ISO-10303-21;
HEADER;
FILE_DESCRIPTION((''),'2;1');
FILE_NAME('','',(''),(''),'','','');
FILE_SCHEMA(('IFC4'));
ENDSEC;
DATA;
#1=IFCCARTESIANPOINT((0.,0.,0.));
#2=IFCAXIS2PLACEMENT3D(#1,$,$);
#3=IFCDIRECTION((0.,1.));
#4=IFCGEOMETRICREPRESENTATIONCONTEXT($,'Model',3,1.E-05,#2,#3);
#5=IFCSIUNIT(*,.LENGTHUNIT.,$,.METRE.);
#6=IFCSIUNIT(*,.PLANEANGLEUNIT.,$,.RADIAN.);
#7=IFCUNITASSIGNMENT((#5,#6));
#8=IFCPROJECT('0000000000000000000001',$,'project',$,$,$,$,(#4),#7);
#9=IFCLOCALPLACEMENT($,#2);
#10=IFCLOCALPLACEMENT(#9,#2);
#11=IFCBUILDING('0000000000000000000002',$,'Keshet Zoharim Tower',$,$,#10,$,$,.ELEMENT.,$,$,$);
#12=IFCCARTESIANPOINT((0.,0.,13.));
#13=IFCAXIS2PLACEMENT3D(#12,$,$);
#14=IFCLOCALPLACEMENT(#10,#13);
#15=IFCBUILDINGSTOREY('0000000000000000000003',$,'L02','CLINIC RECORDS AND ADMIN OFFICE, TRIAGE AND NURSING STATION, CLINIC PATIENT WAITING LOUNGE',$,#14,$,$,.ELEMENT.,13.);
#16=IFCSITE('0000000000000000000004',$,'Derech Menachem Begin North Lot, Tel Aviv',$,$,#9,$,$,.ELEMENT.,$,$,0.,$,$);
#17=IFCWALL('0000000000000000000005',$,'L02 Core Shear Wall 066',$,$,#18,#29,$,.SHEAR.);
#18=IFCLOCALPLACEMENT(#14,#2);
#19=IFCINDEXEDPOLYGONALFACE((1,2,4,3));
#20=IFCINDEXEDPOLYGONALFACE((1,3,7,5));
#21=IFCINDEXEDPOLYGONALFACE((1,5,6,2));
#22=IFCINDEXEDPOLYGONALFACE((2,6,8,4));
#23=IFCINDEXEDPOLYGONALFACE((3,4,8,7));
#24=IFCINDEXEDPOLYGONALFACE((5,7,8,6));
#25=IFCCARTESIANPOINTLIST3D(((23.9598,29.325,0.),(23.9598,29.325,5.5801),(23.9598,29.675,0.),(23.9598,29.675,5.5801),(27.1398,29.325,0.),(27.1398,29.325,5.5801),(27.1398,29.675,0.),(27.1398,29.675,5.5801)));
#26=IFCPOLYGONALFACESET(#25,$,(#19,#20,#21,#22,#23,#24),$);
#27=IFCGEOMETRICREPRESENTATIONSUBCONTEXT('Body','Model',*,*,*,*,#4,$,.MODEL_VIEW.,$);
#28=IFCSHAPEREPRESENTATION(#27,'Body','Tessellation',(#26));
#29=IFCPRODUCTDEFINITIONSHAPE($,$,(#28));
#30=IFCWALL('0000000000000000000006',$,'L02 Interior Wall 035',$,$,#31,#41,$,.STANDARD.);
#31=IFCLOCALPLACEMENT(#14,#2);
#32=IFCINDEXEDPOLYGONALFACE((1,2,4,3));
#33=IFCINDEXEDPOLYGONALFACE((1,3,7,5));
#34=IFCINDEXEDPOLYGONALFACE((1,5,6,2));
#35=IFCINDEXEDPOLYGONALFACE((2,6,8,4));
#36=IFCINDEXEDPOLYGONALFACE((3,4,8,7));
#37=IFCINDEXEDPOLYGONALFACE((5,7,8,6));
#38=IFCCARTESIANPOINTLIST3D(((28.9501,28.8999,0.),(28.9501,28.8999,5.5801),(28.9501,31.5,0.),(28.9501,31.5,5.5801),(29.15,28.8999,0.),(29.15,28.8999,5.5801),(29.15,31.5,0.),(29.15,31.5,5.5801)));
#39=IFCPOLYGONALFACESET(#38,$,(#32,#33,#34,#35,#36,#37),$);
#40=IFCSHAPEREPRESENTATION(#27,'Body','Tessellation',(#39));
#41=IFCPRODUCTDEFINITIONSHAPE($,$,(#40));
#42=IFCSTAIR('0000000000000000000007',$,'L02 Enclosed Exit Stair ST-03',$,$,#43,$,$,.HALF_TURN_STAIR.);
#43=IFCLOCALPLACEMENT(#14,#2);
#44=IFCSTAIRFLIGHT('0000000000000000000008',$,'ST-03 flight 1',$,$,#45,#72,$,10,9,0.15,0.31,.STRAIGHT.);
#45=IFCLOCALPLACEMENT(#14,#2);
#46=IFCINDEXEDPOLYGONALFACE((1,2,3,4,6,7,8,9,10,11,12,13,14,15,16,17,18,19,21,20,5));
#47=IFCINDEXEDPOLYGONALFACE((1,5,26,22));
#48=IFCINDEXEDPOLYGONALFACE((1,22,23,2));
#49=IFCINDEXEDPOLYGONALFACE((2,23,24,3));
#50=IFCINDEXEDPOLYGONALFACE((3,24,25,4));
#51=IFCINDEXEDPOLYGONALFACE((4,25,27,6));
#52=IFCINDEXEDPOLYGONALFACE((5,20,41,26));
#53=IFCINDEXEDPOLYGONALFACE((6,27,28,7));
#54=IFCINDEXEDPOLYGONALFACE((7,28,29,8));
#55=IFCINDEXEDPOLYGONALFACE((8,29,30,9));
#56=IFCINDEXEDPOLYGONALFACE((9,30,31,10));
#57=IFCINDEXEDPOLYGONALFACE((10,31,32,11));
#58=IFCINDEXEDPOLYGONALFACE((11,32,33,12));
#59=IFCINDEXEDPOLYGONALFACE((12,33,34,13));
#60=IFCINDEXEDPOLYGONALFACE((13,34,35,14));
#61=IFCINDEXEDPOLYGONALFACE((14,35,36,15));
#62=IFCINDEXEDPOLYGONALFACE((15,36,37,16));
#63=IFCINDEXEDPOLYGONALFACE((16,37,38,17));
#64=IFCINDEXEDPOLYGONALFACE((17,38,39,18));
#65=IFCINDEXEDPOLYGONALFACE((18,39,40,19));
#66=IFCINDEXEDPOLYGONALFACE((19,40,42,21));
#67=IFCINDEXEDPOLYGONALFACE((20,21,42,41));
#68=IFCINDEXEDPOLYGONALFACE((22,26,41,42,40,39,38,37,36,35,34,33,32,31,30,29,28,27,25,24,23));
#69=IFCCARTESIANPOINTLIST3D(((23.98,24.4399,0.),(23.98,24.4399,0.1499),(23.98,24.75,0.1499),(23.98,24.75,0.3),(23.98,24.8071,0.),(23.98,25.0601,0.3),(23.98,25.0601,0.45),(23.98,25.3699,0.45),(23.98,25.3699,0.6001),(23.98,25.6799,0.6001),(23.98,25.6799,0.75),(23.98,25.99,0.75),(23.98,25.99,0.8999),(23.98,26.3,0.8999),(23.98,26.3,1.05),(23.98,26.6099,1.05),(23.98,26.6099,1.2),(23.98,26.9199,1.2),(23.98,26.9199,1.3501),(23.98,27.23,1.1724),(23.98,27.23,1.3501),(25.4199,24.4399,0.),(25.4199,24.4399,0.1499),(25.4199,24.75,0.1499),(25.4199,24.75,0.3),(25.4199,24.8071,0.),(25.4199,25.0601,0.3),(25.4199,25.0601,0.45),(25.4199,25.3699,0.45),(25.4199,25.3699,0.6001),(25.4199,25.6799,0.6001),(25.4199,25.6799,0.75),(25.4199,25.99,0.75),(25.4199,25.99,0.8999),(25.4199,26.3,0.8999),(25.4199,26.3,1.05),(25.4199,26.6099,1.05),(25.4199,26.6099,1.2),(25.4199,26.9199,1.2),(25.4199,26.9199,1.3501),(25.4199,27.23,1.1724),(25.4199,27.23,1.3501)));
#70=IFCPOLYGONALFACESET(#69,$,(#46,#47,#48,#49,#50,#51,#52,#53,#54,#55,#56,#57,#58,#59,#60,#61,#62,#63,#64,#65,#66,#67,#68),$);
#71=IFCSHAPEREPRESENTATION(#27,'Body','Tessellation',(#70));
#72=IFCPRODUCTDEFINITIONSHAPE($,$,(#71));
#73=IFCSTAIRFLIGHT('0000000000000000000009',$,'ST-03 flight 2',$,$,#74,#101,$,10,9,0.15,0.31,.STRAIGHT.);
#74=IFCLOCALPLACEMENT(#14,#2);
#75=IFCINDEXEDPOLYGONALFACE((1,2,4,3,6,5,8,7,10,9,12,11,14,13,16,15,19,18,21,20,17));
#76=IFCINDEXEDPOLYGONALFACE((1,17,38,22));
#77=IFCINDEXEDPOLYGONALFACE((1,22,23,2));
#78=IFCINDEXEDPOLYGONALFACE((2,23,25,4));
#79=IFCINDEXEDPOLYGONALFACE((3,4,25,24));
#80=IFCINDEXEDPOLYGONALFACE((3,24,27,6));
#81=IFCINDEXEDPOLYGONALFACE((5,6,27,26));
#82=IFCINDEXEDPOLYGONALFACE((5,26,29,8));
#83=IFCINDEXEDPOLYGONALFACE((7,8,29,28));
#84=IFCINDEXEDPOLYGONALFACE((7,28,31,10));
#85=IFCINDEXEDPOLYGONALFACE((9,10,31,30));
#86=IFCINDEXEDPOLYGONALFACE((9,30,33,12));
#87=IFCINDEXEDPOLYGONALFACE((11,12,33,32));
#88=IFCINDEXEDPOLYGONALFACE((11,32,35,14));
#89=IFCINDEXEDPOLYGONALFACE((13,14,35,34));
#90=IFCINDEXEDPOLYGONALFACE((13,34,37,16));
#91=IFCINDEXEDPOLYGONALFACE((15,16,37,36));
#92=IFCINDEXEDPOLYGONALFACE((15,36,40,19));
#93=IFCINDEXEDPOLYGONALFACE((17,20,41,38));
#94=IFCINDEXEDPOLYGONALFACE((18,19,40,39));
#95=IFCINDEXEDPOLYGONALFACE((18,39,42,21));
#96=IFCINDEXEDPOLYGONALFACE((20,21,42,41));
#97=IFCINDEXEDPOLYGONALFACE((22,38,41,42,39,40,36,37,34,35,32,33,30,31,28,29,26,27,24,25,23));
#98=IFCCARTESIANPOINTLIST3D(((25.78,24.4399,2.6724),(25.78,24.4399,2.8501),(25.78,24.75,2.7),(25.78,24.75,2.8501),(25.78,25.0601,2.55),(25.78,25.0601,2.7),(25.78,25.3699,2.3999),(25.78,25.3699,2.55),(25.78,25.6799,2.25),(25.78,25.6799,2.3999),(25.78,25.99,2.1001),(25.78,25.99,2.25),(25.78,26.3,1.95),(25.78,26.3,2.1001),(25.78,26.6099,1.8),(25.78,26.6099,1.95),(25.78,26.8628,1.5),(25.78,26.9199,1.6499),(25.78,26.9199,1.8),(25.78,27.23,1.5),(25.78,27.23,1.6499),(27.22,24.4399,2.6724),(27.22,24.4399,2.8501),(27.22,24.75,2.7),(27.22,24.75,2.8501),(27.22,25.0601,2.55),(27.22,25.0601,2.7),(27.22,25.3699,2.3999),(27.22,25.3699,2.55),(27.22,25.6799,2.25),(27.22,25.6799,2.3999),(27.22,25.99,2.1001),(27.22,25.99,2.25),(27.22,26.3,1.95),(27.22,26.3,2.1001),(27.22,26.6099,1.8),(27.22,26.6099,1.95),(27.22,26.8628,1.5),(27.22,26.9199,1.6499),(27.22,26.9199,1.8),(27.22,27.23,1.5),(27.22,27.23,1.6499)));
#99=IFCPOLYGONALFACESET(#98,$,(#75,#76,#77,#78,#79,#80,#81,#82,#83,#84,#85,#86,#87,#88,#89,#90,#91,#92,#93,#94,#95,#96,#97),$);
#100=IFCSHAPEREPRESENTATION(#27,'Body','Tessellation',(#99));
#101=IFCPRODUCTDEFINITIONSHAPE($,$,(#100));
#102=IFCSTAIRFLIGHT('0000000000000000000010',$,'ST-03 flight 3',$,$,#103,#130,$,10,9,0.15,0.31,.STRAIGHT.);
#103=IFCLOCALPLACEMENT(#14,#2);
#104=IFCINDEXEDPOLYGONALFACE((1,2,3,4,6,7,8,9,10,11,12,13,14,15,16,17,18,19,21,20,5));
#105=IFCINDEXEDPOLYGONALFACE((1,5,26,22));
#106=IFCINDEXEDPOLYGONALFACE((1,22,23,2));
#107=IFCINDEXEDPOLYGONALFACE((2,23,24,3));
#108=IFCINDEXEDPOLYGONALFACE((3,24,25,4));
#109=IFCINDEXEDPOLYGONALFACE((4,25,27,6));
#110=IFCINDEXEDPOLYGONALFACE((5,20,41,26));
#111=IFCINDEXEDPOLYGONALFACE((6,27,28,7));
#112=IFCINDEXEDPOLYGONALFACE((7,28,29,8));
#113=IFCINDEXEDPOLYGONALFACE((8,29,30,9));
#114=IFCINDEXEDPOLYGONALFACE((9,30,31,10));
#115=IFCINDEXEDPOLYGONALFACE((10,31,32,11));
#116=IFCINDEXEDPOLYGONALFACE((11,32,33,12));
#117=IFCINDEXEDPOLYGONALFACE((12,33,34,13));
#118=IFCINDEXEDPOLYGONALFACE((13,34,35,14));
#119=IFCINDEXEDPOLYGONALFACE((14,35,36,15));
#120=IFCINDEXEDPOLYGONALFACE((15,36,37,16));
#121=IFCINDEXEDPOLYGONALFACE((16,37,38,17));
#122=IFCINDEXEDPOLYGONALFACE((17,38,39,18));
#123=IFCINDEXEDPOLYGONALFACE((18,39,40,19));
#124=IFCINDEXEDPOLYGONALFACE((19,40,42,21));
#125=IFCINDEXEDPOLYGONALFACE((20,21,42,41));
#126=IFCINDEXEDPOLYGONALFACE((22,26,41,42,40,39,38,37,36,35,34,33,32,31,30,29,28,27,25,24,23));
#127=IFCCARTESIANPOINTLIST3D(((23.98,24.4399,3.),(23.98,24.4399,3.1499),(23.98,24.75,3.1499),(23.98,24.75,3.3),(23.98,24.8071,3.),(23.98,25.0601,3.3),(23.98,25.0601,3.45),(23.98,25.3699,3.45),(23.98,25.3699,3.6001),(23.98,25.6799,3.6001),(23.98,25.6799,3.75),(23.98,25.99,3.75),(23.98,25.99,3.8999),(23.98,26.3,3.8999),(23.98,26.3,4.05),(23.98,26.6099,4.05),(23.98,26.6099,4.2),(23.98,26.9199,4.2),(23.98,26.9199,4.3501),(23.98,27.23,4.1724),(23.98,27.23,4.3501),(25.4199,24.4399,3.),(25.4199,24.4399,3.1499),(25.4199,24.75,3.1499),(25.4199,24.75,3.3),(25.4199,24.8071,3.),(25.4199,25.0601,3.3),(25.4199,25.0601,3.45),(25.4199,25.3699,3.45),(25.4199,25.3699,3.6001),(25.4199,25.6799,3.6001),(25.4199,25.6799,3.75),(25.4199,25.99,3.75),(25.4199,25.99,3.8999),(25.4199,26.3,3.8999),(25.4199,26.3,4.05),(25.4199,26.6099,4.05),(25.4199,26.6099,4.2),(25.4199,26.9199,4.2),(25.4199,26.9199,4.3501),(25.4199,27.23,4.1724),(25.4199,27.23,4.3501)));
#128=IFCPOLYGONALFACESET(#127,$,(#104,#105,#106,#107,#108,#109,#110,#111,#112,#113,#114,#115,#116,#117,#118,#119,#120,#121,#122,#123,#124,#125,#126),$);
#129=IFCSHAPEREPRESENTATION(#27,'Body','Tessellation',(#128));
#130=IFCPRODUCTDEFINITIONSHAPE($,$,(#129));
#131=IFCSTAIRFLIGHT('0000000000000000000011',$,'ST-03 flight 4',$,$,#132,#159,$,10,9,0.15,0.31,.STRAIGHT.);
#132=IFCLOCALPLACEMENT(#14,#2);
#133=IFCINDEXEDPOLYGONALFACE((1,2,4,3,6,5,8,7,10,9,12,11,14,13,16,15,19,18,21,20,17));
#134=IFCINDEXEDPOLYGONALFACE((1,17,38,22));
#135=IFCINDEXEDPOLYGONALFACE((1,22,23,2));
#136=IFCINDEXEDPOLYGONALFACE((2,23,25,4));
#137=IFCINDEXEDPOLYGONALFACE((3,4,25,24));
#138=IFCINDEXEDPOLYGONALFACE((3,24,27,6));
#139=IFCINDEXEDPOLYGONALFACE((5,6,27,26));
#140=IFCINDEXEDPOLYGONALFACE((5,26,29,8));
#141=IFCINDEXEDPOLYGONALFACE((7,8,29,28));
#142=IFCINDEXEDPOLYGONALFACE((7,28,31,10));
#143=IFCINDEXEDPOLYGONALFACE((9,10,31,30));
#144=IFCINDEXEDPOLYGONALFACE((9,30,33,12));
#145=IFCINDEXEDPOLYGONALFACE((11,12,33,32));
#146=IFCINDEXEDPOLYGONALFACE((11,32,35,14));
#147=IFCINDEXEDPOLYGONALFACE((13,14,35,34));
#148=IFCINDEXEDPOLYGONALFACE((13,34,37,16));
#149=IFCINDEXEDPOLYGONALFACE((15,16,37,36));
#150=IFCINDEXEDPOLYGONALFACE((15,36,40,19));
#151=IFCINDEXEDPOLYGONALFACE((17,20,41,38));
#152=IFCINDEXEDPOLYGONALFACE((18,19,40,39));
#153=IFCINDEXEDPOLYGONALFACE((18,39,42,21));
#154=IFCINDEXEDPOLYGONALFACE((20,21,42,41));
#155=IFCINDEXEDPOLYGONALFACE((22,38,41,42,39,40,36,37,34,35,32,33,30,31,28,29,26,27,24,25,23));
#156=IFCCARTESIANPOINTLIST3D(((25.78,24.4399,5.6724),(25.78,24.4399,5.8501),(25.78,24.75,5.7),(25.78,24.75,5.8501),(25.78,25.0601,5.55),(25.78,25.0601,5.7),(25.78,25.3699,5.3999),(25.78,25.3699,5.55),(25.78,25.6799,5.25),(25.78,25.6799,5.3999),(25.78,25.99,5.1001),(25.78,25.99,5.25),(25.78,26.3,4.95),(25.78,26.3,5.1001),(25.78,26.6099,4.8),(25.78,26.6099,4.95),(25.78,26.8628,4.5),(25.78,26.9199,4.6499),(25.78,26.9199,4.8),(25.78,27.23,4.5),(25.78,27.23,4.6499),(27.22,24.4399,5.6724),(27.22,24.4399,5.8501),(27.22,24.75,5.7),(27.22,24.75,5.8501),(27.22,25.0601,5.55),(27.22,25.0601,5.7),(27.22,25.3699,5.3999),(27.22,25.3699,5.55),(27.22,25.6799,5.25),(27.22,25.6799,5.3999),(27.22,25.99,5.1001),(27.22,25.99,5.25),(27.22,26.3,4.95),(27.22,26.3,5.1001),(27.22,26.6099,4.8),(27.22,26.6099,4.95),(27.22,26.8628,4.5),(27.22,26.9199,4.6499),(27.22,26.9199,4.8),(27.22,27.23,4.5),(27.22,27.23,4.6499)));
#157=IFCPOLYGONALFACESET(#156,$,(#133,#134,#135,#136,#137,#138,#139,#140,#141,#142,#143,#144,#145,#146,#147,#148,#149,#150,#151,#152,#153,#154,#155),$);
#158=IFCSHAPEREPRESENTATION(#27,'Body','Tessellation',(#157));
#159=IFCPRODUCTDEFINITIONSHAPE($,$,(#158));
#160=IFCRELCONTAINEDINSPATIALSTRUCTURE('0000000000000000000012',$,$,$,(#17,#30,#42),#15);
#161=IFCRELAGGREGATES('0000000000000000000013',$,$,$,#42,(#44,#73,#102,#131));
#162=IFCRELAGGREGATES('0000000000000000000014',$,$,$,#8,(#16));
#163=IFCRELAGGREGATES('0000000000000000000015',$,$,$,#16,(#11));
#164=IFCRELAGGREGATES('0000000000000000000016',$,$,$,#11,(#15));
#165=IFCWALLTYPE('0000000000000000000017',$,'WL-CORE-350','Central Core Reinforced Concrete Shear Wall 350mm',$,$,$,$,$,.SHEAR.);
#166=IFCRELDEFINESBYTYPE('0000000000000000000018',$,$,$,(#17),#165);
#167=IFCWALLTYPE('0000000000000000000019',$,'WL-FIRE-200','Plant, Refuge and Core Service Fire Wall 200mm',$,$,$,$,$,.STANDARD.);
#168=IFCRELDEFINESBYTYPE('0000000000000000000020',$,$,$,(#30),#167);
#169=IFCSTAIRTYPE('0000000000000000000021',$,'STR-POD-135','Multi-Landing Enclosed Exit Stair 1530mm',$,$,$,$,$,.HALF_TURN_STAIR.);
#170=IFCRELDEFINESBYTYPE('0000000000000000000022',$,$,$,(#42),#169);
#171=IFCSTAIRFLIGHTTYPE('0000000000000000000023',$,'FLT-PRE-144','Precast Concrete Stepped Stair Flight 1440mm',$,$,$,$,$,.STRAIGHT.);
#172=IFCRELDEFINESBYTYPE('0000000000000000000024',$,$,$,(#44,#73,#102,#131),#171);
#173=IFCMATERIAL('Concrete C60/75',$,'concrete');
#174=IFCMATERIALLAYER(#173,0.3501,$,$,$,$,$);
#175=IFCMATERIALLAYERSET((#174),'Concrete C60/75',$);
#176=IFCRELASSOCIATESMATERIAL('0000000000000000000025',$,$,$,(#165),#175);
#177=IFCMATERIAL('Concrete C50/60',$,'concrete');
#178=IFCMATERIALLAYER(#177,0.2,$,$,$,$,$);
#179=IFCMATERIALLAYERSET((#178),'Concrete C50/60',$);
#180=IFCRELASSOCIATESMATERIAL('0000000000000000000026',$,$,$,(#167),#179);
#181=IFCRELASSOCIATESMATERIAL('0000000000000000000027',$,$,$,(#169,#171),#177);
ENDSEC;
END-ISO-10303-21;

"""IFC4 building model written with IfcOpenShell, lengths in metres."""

from ifc_helpers import new_model, si_unit, direction, frame, frame_2d, origin, place, context, subcontext, project, spatial, polyline, rectangle, outline, extrude, material, layer, layer_set, type_object, element, aggregate, save


model = new_model("IFC4")

# Units and contexts
model_context = context("Model", 3, precision=1e-05, world=origin(), true_north=direction((0.0, 1.0)))
body_context = subcontext(model_context, "Body", "Model", "MODEL_VIEW")
ifc_project = project(units=[si_unit("LENGTHUNIT", "METRE"), si_unit("PLANEANGLEUNIT", "RADIAN")], contexts=[model_context])

# Site, building, storey
site_placement = place(None, origin())
site = spatial("IfcSite", under=ifc_project, at=site_placement, Name="Derech Menachem Begin North Lot, Tel Aviv", CompositionType="ELEMENT", RefElevation=0.0)
building_placement = place(site_placement, origin())
building = spatial("IfcBuilding", under=site, at=building_placement, Name="Keshet Zoharim Tower", CompositionType="ELEMENT")
storey_placement = place(building_placement, frame((0.0, 0.0, 13.0)))
storey = spatial("IfcBuildingStorey", under=building, at=storey_placement, Name="L02", Description="CLINIC RECORDS AND ADMIN OFFICE, TRIAGE AND NURSING STATION, CLINIC PATIENT WAITING LOUNGE", CompositionType="ELEMENT", Elevation=13.0)

# Shared definitions
ifc_material_1 = material(Name="Concrete C60/75", Category="concrete")

# Shared definitions
ifc_layer_1 = layer(ifc_material_1, 0.3501)
ifc_layer_set_1 = layer_set([ifc_layer_1], Name="Concrete C60/75")
wall_type_1 = type_object("IfcWallType", Name="WL-CORE-350", Description="Central Core Reinforced Concrete Shear Wall 350mm", PredefinedType="SHEAR", material=ifc_layer_set_1)

# Walls
wall_1_placement = place(storey_placement, frame((23.96, 29.5, 0.0), z_axis=(0.0, 0.0, 1.0), x_axis=(1.0, 0.0, 0.0)))
element("IfcWall", 1, at=wall_1_placement, inside=storey, type_object=wall_type_1, Name="L02 Core Shear Wall 066", PredefinedType="SHEAR", context=body_context, shape_type="SweptSolid", body=[
    extrude(rectangle(XDim=3.1799, YDim=0.3501, at=frame_2d((1.5898, 0.0))), origin(), (0.0, 0.0, 1.0), 5.5801),
])
ifc_material_2 = material(Name="Concrete C50/60", Category="concrete")
ifc_layer_2 = layer(ifc_material_2, 0.2)
ifc_layer_set_2 = layer_set([ifc_layer_2], Name="Concrete C50/60")
wall_type_2 = type_object("IfcWallType", Name="WL-FIRE-200", Description="Plant, Refuge and Core Service Fire Wall 200mm", PredefinedType="STANDARD", material=ifc_layer_set_2)
wall_2_placement = place(storey_placement, frame((29.05, 28.8999, 0.0), z_axis=(0.0, 0.0, 1.0), x_axis=(0.0, 1.0, 0.0)))
element("IfcWall", 2, at=wall_2_placement, inside=storey, type_object=wall_type_2, Name="L02 Interior Wall 035", PredefinedType="STANDARD", context=body_context, shape_type="SweptSolid", body=[
    extrude(rectangle(XDim=2.6001, YDim=0.2, at=frame_2d((1.3, 0.0))), origin(), (0.0, 0.0, 1.0), 5.5801),
])

# Stair, stair flights
stair_type = type_object("IfcStairType", Name="STR-POD-135", Description="Multi-Landing Enclosed Exit Stair 1530mm", PredefinedType="HALF_TURN_STAIR", material=ifc_material_2)
stair_placement = place(storey_placement, origin())
stair = element("IfcStair", 3, at=stair_placement, inside=storey, type_object=stair_type, Name="L02 Enclosed Exit Stair ST-03", PredefinedType="HALF_TURN_STAIR")
stair_flight_type = type_object("IfcStairFlightType", Name="FLT-PRE-144", Description="Precast Concrete Stepped Stair Flight 1440mm", PredefinedType="STRAIGHT", material=ifc_material_2)
stair_flight_1_placement = place(storey_placement, frame((24.7, 24.4399, 0.0), z_axis=(0.0, 0.0, 1.0), x_axis=(0.0, 1.0, 0.0)))
stair_flight_1 = element("IfcStairFlight", 4, at=stair_flight_1_placement, type_object=stair_flight_type, Name="ST-03 flight 1", NumberOfRisers=10, NumberOfTreads=9, PredefinedType="STRAIGHT", RiserHeight=0.15, TreadLength=0.31, context=body_context, shape_type="SweptSolid", body=[
    extrude(outline(polyline([(0.0, 0.0), (0.0, 0.1499), (0.3101, 0.1499), (0.3101, 0.3), (0.6201, 0.3), (0.6201, 0.45), (0.9299, 0.45), (0.9299, 0.6001), (1.24, 0.6001), (1.24, 0.75), (1.55, 0.75), (1.55, 0.8999), (1.8601, 0.8999), (1.8601, 1.05), (2.1699, 1.05), (2.1699, 1.2), (2.48, 1.2), (2.48, 1.3501), (2.79, 1.3501), (2.79, 1.5), (2.79, 1.1724), (0.3672, 0.0), (0.0, 0.0)])), frame((0.0, 0.72, 0.0), z_axis=(0.0, -1.0, 0.0), x_axis=(1.0, 0.0, 0.0)), (0.0, 0.0, 1.0), 1.4399),
])
stair_flight_2_placement = place(storey_placement, frame((26.5, 27.23, 1.5), z_axis=(0.0, 0.0, 1.0), x_axis=(0.0, -1.0, 0.0)))
stair_flight_2 = element("IfcStairFlight", 5, at=stair_flight_2_placement, type_object=stair_flight_type, Name="ST-03 flight 2", NumberOfRisers=10, NumberOfTreads=9, PredefinedType="STRAIGHT", RiserHeight=0.15, TreadLength=0.31, context=body_context, shape_type="SweptSolid", body=[
    extrude(outline(polyline([(0.0, 0.0), (0.0, 0.1499), (0.3101, 0.1499), (0.3101, 0.3), (0.6201, 0.3), (0.6201, 0.45), (0.9299, 0.45), (0.9299, 0.6001), (1.24, 0.6001), (1.24, 0.75), (1.55, 0.75), (1.55, 0.8999), (1.8601, 0.8999), (1.8601, 1.05), (2.1699, 1.05), (2.1699, 1.2), (2.48, 1.2), (2.48, 1.3501), (2.79, 1.3501), (2.79, 1.5), (2.79, 1.1724), (0.3672, 0.0), (0.0, 0.0)])), frame((0.0, 0.72, 0.0), z_axis=(0.0, -1.0, 0.0), x_axis=(1.0, 0.0, 0.0)), (0.0, 0.0, 1.0), 1.4399),
])
stair_flight_3_placement = place(storey_placement, frame((24.7, 24.4399, 3.0), z_axis=(0.0, 0.0, 1.0), x_axis=(0.0, 1.0, 0.0)))
stair_flight_3 = element("IfcStairFlight", 6, at=stair_flight_3_placement, type_object=stair_flight_type, Name="ST-03 flight 3", NumberOfRisers=10, NumberOfTreads=9, PredefinedType="STRAIGHT", RiserHeight=0.15, TreadLength=0.31, context=body_context, shape_type="SweptSolid", body=[
    extrude(outline(polyline([(0.0, 0.0), (0.0, 0.1499), (0.3101, 0.1499), (0.3101, 0.3), (0.6201, 0.3), (0.6201, 0.45), (0.9299, 0.45), (0.9299, 0.6001), (1.24, 0.6001), (1.24, 0.75), (1.55, 0.75), (1.55, 0.8999), (1.8601, 0.8999), (1.8601, 1.05), (2.1699, 1.05), (2.1699, 1.2), (2.48, 1.2), (2.48, 1.3501), (2.79, 1.3501), (2.79, 1.5), (2.79, 1.1724), (0.3672, 0.0), (0.0, 0.0)])), frame((0.0, 0.72, 0.0), z_axis=(0.0, -1.0, 0.0), x_axis=(1.0, 0.0, 0.0)), (0.0, 0.0, 1.0), 1.4399),
])
stair_flight_4_placement = place(storey_placement, frame((26.5, 27.23, 4.5), z_axis=(0.0, 0.0, 1.0), x_axis=(0.0, -1.0, 0.0)))
stair_flight_4 = element("IfcStairFlight", 7, at=stair_flight_4_placement, type_object=stair_flight_type, Name="ST-03 flight 4", NumberOfRisers=10, NumberOfTreads=9, PredefinedType="STRAIGHT", RiserHeight=0.15, TreadLength=0.31, context=body_context, shape_type="SweptSolid", body=[
    extrude(outline(polyline([(0.0, 0.0), (0.0, 0.1499), (0.3101, 0.1499), (0.3101, 0.3), (0.6201, 0.3), (0.6201, 0.45), (0.9299, 0.45), (0.9299, 0.6001), (1.24, 0.6001), (1.24, 0.75), (1.55, 0.75), (1.55, 0.8999), (1.8601, 0.8999), (1.8601, 1.05), (2.1699, 1.05), (2.1699, 1.2), (2.48, 1.2), (2.48, 1.3501), (2.79, 1.3501), (2.79, 1.5), (2.79, 1.1724), (0.3672, 0.0), (0.0, 0.0)])), frame((0.0, 0.72, 0.0), z_axis=(0.0, -1.0, 0.0), x_axis=(1.0, 0.0, 0.0)), (0.0, 0.0, 1.0), 1.4399),
])
aggregate(stair, [stair_flight_1, stair_flight_2, stair_flight_3, stair_flight_4])

save(model, "model.ifc")
